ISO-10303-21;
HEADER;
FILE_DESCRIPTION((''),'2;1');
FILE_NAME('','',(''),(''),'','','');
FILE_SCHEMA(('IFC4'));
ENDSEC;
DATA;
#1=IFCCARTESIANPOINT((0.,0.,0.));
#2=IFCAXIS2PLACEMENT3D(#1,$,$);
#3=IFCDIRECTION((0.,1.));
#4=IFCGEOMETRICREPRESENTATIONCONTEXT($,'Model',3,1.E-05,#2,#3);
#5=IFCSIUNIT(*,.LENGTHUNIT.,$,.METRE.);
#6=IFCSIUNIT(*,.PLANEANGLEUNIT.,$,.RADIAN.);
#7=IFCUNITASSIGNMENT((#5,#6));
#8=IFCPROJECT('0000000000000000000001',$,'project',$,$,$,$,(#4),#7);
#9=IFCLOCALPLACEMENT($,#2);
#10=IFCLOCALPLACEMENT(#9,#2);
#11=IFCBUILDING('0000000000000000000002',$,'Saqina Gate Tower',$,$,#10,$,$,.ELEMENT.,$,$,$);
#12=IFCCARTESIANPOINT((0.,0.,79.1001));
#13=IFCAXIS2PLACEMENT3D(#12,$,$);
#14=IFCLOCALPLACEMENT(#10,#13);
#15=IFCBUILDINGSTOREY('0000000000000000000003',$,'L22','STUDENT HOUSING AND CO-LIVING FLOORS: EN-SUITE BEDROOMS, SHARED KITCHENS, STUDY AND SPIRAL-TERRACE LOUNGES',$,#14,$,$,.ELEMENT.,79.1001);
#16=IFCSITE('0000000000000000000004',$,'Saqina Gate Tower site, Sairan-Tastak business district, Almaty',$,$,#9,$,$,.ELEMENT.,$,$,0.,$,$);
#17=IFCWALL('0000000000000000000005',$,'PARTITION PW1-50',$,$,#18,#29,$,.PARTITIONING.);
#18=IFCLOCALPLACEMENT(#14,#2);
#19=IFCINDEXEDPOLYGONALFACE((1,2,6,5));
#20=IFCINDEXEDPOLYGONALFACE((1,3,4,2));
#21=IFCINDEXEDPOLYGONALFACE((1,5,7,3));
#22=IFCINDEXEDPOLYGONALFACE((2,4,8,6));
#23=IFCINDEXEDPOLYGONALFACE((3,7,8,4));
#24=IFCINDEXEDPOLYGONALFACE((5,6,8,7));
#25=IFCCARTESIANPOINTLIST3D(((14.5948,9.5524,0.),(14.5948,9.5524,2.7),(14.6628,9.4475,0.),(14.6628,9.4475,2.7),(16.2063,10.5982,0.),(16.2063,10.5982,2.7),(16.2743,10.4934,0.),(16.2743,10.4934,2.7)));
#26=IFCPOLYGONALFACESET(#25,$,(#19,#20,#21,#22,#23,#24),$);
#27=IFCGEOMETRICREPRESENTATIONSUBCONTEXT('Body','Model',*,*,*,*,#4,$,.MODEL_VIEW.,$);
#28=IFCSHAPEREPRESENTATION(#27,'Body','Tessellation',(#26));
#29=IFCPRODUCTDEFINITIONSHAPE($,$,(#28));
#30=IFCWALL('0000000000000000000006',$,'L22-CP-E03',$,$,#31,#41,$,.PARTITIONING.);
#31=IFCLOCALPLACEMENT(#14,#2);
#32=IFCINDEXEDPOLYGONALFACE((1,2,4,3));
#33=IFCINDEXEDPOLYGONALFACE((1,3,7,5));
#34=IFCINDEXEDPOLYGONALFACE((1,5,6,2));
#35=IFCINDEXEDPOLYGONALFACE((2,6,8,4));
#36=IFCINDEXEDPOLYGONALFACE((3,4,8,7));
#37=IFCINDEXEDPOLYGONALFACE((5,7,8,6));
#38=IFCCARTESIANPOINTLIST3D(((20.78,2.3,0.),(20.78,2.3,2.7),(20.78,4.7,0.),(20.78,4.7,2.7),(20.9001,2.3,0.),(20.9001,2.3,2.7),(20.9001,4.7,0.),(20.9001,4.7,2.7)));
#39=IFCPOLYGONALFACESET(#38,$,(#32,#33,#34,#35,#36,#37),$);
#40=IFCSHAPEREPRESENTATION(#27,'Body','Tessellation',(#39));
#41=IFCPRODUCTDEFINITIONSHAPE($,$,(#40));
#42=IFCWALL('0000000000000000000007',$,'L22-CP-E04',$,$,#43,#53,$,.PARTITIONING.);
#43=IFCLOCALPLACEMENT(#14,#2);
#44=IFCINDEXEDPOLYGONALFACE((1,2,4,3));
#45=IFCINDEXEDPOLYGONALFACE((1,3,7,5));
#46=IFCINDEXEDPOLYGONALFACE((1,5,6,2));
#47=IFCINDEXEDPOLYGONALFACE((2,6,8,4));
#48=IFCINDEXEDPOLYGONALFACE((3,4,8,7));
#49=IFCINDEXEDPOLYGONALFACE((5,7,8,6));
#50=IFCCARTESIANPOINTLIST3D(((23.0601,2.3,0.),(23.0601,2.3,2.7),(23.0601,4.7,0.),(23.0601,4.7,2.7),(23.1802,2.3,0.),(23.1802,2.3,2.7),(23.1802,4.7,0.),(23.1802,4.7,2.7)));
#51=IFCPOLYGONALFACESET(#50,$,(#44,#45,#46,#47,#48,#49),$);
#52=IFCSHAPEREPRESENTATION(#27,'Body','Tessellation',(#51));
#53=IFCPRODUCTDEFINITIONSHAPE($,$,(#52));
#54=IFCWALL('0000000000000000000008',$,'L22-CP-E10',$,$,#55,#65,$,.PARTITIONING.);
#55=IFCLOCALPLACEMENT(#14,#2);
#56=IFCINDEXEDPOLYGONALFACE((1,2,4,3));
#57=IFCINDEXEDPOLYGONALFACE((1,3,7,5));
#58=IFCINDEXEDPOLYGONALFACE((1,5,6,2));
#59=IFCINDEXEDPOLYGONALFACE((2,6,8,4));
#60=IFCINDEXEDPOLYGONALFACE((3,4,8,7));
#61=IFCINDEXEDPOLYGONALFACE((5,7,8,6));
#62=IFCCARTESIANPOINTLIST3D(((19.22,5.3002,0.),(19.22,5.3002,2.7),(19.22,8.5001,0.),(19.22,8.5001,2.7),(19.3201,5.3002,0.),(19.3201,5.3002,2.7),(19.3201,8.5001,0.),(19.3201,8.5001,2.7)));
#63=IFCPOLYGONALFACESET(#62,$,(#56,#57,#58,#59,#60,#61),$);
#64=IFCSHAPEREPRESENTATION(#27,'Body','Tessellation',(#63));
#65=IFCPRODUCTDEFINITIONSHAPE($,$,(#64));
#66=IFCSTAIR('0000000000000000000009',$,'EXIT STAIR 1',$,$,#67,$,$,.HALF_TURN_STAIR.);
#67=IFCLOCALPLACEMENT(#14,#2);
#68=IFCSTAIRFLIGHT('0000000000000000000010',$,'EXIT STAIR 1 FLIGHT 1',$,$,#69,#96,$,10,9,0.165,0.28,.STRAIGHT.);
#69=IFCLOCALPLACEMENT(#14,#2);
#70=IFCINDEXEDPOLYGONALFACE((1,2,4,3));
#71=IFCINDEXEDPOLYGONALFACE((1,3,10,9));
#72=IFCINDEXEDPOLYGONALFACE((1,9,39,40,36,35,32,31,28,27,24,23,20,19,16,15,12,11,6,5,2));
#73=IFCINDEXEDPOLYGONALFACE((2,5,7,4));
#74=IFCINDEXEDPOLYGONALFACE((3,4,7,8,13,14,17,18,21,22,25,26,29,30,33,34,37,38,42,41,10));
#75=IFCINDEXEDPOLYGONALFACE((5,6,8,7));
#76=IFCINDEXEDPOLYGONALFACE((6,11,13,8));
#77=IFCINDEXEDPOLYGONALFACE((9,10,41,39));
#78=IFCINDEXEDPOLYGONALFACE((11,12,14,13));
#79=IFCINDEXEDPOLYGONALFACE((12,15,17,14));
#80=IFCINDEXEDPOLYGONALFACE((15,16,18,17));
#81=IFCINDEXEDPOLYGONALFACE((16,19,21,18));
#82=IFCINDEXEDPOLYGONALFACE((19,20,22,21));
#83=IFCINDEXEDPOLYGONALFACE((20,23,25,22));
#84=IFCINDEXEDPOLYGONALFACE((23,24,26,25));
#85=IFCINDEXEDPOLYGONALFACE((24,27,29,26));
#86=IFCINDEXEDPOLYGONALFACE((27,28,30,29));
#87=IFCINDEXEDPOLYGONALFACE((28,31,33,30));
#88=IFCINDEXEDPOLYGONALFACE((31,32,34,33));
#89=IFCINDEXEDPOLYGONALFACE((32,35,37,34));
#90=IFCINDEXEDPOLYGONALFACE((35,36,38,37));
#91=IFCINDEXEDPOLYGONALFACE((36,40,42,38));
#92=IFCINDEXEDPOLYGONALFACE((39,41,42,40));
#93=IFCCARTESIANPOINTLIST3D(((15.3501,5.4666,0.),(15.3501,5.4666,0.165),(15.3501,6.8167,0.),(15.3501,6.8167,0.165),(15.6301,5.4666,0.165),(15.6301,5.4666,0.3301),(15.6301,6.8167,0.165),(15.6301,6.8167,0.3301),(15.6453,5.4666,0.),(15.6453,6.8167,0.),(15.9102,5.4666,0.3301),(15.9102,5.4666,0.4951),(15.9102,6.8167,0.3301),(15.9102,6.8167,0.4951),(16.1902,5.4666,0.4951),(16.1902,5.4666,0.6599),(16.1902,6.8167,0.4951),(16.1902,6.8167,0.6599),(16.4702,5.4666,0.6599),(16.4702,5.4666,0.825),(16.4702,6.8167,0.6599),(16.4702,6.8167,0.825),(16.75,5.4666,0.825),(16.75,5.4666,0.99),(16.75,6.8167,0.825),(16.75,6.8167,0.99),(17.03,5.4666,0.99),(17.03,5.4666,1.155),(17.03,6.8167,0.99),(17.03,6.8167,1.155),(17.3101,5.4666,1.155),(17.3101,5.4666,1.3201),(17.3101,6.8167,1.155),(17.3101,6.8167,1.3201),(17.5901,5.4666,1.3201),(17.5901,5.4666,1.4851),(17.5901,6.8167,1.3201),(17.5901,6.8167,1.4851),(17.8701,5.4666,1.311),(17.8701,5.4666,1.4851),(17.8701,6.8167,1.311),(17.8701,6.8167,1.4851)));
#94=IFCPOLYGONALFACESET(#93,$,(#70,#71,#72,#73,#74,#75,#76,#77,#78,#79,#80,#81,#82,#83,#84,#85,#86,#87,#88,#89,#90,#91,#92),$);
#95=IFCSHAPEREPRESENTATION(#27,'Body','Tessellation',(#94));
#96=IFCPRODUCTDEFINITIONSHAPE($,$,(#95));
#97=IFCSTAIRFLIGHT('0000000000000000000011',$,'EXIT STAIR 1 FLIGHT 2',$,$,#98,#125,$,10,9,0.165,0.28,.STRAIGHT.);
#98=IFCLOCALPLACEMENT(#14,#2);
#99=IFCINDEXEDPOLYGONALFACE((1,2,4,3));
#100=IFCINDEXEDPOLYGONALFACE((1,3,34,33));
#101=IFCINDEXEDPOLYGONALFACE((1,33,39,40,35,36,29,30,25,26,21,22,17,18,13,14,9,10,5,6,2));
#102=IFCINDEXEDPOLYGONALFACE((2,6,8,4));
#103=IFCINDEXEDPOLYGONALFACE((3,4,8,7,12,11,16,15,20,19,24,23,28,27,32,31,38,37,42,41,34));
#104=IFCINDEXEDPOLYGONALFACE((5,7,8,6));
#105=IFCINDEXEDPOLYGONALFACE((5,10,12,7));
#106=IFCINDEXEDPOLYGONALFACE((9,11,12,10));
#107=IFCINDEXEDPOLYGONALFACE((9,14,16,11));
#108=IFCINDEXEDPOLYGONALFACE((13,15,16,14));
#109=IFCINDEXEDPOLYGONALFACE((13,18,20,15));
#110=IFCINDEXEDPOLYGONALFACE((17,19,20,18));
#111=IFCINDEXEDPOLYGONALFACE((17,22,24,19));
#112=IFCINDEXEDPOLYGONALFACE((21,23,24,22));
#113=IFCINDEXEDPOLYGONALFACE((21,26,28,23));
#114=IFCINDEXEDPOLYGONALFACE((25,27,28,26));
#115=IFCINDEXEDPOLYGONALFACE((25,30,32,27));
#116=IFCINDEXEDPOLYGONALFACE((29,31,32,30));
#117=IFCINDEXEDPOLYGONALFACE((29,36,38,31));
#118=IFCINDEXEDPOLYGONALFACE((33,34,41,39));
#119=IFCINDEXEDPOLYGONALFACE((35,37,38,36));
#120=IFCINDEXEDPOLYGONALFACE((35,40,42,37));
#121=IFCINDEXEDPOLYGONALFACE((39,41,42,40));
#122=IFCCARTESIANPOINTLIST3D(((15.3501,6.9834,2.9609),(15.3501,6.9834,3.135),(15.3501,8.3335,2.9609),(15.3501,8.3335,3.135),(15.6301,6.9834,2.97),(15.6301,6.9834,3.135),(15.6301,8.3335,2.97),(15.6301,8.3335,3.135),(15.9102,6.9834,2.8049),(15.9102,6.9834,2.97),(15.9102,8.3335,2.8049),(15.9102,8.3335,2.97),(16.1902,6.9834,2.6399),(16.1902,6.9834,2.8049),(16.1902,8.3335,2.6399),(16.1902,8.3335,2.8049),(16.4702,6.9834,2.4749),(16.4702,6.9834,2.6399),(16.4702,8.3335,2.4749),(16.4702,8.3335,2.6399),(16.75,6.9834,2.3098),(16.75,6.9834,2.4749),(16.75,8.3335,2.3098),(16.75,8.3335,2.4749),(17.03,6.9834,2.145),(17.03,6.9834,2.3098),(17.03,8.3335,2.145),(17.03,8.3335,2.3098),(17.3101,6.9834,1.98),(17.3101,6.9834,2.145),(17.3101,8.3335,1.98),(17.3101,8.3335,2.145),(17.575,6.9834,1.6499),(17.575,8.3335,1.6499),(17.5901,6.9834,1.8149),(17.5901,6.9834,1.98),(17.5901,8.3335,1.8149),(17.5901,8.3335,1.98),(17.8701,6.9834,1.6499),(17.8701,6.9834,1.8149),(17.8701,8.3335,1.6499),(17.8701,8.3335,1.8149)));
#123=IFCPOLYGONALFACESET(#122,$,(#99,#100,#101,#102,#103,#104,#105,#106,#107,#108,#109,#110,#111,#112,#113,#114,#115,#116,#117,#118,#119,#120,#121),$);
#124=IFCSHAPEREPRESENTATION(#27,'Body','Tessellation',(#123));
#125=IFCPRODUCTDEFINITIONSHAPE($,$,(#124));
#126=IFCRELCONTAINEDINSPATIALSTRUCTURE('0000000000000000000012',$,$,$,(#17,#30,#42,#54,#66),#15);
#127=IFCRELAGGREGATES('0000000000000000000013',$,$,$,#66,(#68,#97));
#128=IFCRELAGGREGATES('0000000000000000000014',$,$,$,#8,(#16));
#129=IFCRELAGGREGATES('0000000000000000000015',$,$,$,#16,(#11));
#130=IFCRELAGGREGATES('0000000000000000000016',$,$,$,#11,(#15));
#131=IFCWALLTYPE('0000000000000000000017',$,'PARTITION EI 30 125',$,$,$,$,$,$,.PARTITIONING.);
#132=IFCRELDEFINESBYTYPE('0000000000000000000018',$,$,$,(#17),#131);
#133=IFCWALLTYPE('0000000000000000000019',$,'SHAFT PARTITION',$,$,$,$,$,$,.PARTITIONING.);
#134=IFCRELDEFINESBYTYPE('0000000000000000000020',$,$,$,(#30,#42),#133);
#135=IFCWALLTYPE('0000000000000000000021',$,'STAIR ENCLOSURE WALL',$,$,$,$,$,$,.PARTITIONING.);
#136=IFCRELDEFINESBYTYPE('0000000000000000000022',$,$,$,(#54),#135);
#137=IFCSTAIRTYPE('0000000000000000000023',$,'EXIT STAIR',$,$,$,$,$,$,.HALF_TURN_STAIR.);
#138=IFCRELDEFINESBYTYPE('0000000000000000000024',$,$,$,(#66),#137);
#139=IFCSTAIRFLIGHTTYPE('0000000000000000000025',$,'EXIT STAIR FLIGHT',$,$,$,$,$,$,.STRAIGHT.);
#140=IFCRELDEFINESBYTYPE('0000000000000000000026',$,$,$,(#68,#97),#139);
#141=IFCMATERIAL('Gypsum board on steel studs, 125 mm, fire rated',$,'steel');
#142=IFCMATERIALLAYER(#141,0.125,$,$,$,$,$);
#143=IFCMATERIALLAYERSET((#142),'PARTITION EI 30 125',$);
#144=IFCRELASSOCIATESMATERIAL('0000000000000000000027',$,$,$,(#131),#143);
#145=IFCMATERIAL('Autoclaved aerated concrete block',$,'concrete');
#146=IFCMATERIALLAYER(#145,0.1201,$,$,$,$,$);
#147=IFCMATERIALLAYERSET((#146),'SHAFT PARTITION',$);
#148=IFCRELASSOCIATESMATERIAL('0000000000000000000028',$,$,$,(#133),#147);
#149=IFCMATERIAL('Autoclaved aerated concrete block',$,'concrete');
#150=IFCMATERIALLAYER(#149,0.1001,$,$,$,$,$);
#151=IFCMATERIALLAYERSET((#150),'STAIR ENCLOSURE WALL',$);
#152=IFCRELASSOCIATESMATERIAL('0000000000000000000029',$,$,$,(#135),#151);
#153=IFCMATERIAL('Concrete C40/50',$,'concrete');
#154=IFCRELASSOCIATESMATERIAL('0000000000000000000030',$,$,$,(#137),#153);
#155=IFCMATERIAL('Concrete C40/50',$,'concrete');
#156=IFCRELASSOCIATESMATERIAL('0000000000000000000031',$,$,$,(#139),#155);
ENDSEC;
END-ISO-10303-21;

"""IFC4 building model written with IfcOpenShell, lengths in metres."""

from ifc_helpers import new_model, si_unit, direction, frame, frame_2d, origin, place, context, subcontext, project, spatial, polyline, rectangle, outline, extrude, material, layer, layer_set, type_object, element, aggregate, save


model = new_model("IFC4")

# Units and contexts
model_context = context("Model", 3, precision=1e-05, world=origin(), true_north=direction((0.0, 1.0)))
body_context = subcontext(model_context, "Body", "Model", "MODEL_VIEW")
ifc_project = project(units=[si_unit("LENGTHUNIT", "METRE"), si_unit("PLANEANGLEUNIT", "RADIAN")], contexts=[model_context])

# Site, building, storey
site_placement = place(None, origin())
site = spatial("IfcSite", under=ifc_project, at=site_placement, Name="Saqina Gate Tower site, Sairan-Tastak business district, Almaty", CompositionType="ELEMENT", RefElevation=0.0)
building_placement = place(site_placement, origin())
building = spatial("IfcBuilding", under=site, at=building_placement, Name="Saqina Gate Tower", CompositionType="ELEMENT")
storey_placement = place(building_placement, frame((0.0, 0.0, 79.1001)))
storey = spatial("IfcBuildingStorey", under=building, at=storey_placement, Name="L22", Description="STUDENT HOUSING AND CO-LIVING FLOORS: EN-SUITE BEDROOMS, SHARED KITCHENS, STUDY AND SPIRAL-TERRACE LOUNGES", CompositionType="ELEMENT", Elevation=79.1001)

# Shared definitions
ifc_material_1 = material(Name="Gypsum board on steel studs, 125 mm, fire rated", Category="steel")
ifc_layer_1 = layer(ifc_material_1, 0.125)
ifc_layer_set_1 = layer_set([ifc_layer_1], Name="PARTITION EI 30 125")
wall_type_1 = type_object("IfcWallType", Name="PARTITION EI 30 125", PredefinedType="PARTITIONING", material=ifc_layer_set_1)

# Walls
wall_1_placement = place(storey_placement, frame((14.6289, 9.5, 0.0), z_axis=(0.0, 0.0, 1.0), x_axis=(0.83883, 0.544394, 0.0)))
element("IfcWall", 1, at=wall_1_placement, inside=storey, type_object=wall_type_1, Name="PARTITION PW1-50", PredefinedType="PARTITIONING", context=body_context, shape_type="SweptSolid", body=[
    extrude(rectangle(XDim=1.9211, YDim=0.125, at=frame_2d((0.9604, 0.0))), origin(), (0.0, 0.0, 1.0), 2.7),
])
ifc_material_2 = material(Name="Autoclaved aerated concrete block", Category="concrete")
ifc_layer_2 = layer(ifc_material_2, 0.1201)
ifc_layer_set_2 = layer_set([ifc_layer_2], Name="SHAFT PARTITION")
wall_type_2 = type_object("IfcWallType", Name="SHAFT PARTITION", PredefinedType="PARTITIONING", material=ifc_layer_set_2)
for number, where, z_axis, x_axis, name in (
    (2, (20.8401, 2.3, 0.0), (0.0, 0.0, 1.0), (0.0, 1.0, 0.0), "L22-CP-E03"),
    (3, (23.1201, 2.3, 0.0), (0.0, 0.0, 1.0), (0.0, 1.0, 0.0), "L22-CP-E04"),
):
    element("IfcWall", number, at=place(storey_placement, frame(where, z_axis=z_axis, x_axis=x_axis)), inside=storey, type_object=wall_type_2, Name=name, PredefinedType="PARTITIONING", context=body_context, shape_type="SweptSolid", body=[
        extrude(rectangle(XDim=2.3999, YDim=0.1201, at=frame_2d((1.2, 0.0))), origin(), (0.0, 0.0, 1.0), 2.7),
    ])
ifc_material_3 = material(Name="Autoclaved aerated concrete block", Category="concrete")
ifc_layer_3 = layer(ifc_material_3, 0.1001)
ifc_layer_set_3 = layer_set([ifc_layer_3], Name="STAIR ENCLOSURE WALL")
wall_type_3 = type_object("IfcWallType", Name="STAIR ENCLOSURE WALL", PredefinedType="PARTITIONING", material=ifc_layer_set_3)
wall_2_placement = place(storey_placement, frame((19.27, 5.3, 0.0), z_axis=(0.0, 0.0, 1.0), x_axis=(0.0, 1.0, 0.0)))
element("IfcWall", 4, at=wall_2_placement, inside=storey, type_object=wall_type_3, Name="L22-CP-E10", PredefinedType="PARTITIONING", context=body_context, shape_type="SweptSolid", body=[
    extrude(rectangle(XDim=3.2, YDim=0.1001, at=frame_2d((1.6001, 0.0))), origin(), (0.0, 0.0, 1.0), 2.7),
])

# Stair, stair flights
ifc_material_4 = material(Name="Concrete C40/50", Category="concrete")
stair_type = type_object("IfcStairType", Name="EXIT STAIR", PredefinedType="HALF_TURN_STAIR", material=ifc_material_4)
stair_placement = place(storey_placement, origin())
stair = element("IfcStair", 5, at=stair_placement, inside=storey, type_object=stair_type, Name="EXIT STAIR 1", PredefinedType="HALF_TURN_STAIR")
ifc_material_5 = material(Name="Concrete C40/50", Category="concrete")
stair_flight_type = type_object("IfcStairFlightType", Name="EXIT STAIR FLIGHT", PredefinedType="STRAIGHT", material=ifc_material_5)
stair_flight_1_placement = place(storey_placement, frame((15.3501, 6.1416, 0.0), z_axis=(0.0, 0.0, 1.0), x_axis=(1.0, 0.0, 0.0)))
stair_flight_1 = element("IfcStairFlight", 6, at=stair_flight_1_placement, type_object=stair_flight_type, Name="EXIT STAIR 1 FLIGHT 1", NumberOfRisers=10, NumberOfTreads=9, PredefinedType="STRAIGHT", RiserHeight=0.165, TreadLength=0.28, context=body_context, shape_type="SweptSolid", body=[
    extrude(outline(polyline([(0.0, 0.0), (0.0, 0.165), (0.28, 0.165), (0.28, 0.3301), (0.5601, 0.3301), (0.5601, 0.4951), (0.8401, 0.4951), (0.8401, 0.6599), (1.1201, 0.6599), (1.1201, 0.825), (1.3999, 0.825), (1.3999, 0.99), (1.6799, 0.99), (1.6799, 1.155), (1.96, 1.155), (1.96, 1.3201), (2.24, 1.3201), (2.24, 1.4851), (2.52, 1.4851), (2.52, 1.6499), (2.52, 1.311), (0.2952, 0.0), (0.0, 0.0)])), frame((0.0, 0.675, 0.0), z_axis=(0.0, -1.0, 0.0), x_axis=(1.0, 0.0, 0.0)), (0.0, 0.0, 1.0), 1.3501),
])
stair_flight_2_placement = place(storey_placement, frame((17.8701, 7.6584, 1.6499), z_axis=(0.0, 0.0, 1.0), x_axis=(-1.0, 0.0, 0.0)))
stair_flight_2 = element("IfcStairFlight", 7, at=stair_flight_2_placement, type_object=stair_flight_type, Name="EXIT STAIR 1 FLIGHT 2", NumberOfRisers=10, NumberOfTreads=9, PredefinedType="STRAIGHT", RiserHeight=0.165, TreadLength=0.28, context=body_context, shape_type="SweptSolid", body=[
    extrude(outline(polyline([(0.0, 0.0), (0.0, 0.165), (0.28, 0.165), (0.28, 0.3301), (0.5601, 0.3301), (0.5601, 0.4951), (0.8401, 0.4951), (0.8401, 0.6599), (1.1201, 0.6599), (1.1201, 0.825), (1.3999, 0.825), (1.3999, 0.99), (1.6799, 0.99), (1.6799, 1.155), (1.96, 1.155), (1.96, 1.3201), (2.24, 1.3201), (2.24, 1.4851), (2.52, 1.4851), (2.52, 1.6499), (2.52, 1.311), (0.2952, 0.0), (0.0, 0.0)])), frame((0.0, 0.675, 0.0), z_axis=(0.0, -1.0, 0.0), x_axis=(1.0, 0.0, 0.0)), (0.0, 0.0, 1.0), 1.3501),
])
aggregate(stair, [stair_flight_1, stair_flight_2])

save(model, "model.ifc")
